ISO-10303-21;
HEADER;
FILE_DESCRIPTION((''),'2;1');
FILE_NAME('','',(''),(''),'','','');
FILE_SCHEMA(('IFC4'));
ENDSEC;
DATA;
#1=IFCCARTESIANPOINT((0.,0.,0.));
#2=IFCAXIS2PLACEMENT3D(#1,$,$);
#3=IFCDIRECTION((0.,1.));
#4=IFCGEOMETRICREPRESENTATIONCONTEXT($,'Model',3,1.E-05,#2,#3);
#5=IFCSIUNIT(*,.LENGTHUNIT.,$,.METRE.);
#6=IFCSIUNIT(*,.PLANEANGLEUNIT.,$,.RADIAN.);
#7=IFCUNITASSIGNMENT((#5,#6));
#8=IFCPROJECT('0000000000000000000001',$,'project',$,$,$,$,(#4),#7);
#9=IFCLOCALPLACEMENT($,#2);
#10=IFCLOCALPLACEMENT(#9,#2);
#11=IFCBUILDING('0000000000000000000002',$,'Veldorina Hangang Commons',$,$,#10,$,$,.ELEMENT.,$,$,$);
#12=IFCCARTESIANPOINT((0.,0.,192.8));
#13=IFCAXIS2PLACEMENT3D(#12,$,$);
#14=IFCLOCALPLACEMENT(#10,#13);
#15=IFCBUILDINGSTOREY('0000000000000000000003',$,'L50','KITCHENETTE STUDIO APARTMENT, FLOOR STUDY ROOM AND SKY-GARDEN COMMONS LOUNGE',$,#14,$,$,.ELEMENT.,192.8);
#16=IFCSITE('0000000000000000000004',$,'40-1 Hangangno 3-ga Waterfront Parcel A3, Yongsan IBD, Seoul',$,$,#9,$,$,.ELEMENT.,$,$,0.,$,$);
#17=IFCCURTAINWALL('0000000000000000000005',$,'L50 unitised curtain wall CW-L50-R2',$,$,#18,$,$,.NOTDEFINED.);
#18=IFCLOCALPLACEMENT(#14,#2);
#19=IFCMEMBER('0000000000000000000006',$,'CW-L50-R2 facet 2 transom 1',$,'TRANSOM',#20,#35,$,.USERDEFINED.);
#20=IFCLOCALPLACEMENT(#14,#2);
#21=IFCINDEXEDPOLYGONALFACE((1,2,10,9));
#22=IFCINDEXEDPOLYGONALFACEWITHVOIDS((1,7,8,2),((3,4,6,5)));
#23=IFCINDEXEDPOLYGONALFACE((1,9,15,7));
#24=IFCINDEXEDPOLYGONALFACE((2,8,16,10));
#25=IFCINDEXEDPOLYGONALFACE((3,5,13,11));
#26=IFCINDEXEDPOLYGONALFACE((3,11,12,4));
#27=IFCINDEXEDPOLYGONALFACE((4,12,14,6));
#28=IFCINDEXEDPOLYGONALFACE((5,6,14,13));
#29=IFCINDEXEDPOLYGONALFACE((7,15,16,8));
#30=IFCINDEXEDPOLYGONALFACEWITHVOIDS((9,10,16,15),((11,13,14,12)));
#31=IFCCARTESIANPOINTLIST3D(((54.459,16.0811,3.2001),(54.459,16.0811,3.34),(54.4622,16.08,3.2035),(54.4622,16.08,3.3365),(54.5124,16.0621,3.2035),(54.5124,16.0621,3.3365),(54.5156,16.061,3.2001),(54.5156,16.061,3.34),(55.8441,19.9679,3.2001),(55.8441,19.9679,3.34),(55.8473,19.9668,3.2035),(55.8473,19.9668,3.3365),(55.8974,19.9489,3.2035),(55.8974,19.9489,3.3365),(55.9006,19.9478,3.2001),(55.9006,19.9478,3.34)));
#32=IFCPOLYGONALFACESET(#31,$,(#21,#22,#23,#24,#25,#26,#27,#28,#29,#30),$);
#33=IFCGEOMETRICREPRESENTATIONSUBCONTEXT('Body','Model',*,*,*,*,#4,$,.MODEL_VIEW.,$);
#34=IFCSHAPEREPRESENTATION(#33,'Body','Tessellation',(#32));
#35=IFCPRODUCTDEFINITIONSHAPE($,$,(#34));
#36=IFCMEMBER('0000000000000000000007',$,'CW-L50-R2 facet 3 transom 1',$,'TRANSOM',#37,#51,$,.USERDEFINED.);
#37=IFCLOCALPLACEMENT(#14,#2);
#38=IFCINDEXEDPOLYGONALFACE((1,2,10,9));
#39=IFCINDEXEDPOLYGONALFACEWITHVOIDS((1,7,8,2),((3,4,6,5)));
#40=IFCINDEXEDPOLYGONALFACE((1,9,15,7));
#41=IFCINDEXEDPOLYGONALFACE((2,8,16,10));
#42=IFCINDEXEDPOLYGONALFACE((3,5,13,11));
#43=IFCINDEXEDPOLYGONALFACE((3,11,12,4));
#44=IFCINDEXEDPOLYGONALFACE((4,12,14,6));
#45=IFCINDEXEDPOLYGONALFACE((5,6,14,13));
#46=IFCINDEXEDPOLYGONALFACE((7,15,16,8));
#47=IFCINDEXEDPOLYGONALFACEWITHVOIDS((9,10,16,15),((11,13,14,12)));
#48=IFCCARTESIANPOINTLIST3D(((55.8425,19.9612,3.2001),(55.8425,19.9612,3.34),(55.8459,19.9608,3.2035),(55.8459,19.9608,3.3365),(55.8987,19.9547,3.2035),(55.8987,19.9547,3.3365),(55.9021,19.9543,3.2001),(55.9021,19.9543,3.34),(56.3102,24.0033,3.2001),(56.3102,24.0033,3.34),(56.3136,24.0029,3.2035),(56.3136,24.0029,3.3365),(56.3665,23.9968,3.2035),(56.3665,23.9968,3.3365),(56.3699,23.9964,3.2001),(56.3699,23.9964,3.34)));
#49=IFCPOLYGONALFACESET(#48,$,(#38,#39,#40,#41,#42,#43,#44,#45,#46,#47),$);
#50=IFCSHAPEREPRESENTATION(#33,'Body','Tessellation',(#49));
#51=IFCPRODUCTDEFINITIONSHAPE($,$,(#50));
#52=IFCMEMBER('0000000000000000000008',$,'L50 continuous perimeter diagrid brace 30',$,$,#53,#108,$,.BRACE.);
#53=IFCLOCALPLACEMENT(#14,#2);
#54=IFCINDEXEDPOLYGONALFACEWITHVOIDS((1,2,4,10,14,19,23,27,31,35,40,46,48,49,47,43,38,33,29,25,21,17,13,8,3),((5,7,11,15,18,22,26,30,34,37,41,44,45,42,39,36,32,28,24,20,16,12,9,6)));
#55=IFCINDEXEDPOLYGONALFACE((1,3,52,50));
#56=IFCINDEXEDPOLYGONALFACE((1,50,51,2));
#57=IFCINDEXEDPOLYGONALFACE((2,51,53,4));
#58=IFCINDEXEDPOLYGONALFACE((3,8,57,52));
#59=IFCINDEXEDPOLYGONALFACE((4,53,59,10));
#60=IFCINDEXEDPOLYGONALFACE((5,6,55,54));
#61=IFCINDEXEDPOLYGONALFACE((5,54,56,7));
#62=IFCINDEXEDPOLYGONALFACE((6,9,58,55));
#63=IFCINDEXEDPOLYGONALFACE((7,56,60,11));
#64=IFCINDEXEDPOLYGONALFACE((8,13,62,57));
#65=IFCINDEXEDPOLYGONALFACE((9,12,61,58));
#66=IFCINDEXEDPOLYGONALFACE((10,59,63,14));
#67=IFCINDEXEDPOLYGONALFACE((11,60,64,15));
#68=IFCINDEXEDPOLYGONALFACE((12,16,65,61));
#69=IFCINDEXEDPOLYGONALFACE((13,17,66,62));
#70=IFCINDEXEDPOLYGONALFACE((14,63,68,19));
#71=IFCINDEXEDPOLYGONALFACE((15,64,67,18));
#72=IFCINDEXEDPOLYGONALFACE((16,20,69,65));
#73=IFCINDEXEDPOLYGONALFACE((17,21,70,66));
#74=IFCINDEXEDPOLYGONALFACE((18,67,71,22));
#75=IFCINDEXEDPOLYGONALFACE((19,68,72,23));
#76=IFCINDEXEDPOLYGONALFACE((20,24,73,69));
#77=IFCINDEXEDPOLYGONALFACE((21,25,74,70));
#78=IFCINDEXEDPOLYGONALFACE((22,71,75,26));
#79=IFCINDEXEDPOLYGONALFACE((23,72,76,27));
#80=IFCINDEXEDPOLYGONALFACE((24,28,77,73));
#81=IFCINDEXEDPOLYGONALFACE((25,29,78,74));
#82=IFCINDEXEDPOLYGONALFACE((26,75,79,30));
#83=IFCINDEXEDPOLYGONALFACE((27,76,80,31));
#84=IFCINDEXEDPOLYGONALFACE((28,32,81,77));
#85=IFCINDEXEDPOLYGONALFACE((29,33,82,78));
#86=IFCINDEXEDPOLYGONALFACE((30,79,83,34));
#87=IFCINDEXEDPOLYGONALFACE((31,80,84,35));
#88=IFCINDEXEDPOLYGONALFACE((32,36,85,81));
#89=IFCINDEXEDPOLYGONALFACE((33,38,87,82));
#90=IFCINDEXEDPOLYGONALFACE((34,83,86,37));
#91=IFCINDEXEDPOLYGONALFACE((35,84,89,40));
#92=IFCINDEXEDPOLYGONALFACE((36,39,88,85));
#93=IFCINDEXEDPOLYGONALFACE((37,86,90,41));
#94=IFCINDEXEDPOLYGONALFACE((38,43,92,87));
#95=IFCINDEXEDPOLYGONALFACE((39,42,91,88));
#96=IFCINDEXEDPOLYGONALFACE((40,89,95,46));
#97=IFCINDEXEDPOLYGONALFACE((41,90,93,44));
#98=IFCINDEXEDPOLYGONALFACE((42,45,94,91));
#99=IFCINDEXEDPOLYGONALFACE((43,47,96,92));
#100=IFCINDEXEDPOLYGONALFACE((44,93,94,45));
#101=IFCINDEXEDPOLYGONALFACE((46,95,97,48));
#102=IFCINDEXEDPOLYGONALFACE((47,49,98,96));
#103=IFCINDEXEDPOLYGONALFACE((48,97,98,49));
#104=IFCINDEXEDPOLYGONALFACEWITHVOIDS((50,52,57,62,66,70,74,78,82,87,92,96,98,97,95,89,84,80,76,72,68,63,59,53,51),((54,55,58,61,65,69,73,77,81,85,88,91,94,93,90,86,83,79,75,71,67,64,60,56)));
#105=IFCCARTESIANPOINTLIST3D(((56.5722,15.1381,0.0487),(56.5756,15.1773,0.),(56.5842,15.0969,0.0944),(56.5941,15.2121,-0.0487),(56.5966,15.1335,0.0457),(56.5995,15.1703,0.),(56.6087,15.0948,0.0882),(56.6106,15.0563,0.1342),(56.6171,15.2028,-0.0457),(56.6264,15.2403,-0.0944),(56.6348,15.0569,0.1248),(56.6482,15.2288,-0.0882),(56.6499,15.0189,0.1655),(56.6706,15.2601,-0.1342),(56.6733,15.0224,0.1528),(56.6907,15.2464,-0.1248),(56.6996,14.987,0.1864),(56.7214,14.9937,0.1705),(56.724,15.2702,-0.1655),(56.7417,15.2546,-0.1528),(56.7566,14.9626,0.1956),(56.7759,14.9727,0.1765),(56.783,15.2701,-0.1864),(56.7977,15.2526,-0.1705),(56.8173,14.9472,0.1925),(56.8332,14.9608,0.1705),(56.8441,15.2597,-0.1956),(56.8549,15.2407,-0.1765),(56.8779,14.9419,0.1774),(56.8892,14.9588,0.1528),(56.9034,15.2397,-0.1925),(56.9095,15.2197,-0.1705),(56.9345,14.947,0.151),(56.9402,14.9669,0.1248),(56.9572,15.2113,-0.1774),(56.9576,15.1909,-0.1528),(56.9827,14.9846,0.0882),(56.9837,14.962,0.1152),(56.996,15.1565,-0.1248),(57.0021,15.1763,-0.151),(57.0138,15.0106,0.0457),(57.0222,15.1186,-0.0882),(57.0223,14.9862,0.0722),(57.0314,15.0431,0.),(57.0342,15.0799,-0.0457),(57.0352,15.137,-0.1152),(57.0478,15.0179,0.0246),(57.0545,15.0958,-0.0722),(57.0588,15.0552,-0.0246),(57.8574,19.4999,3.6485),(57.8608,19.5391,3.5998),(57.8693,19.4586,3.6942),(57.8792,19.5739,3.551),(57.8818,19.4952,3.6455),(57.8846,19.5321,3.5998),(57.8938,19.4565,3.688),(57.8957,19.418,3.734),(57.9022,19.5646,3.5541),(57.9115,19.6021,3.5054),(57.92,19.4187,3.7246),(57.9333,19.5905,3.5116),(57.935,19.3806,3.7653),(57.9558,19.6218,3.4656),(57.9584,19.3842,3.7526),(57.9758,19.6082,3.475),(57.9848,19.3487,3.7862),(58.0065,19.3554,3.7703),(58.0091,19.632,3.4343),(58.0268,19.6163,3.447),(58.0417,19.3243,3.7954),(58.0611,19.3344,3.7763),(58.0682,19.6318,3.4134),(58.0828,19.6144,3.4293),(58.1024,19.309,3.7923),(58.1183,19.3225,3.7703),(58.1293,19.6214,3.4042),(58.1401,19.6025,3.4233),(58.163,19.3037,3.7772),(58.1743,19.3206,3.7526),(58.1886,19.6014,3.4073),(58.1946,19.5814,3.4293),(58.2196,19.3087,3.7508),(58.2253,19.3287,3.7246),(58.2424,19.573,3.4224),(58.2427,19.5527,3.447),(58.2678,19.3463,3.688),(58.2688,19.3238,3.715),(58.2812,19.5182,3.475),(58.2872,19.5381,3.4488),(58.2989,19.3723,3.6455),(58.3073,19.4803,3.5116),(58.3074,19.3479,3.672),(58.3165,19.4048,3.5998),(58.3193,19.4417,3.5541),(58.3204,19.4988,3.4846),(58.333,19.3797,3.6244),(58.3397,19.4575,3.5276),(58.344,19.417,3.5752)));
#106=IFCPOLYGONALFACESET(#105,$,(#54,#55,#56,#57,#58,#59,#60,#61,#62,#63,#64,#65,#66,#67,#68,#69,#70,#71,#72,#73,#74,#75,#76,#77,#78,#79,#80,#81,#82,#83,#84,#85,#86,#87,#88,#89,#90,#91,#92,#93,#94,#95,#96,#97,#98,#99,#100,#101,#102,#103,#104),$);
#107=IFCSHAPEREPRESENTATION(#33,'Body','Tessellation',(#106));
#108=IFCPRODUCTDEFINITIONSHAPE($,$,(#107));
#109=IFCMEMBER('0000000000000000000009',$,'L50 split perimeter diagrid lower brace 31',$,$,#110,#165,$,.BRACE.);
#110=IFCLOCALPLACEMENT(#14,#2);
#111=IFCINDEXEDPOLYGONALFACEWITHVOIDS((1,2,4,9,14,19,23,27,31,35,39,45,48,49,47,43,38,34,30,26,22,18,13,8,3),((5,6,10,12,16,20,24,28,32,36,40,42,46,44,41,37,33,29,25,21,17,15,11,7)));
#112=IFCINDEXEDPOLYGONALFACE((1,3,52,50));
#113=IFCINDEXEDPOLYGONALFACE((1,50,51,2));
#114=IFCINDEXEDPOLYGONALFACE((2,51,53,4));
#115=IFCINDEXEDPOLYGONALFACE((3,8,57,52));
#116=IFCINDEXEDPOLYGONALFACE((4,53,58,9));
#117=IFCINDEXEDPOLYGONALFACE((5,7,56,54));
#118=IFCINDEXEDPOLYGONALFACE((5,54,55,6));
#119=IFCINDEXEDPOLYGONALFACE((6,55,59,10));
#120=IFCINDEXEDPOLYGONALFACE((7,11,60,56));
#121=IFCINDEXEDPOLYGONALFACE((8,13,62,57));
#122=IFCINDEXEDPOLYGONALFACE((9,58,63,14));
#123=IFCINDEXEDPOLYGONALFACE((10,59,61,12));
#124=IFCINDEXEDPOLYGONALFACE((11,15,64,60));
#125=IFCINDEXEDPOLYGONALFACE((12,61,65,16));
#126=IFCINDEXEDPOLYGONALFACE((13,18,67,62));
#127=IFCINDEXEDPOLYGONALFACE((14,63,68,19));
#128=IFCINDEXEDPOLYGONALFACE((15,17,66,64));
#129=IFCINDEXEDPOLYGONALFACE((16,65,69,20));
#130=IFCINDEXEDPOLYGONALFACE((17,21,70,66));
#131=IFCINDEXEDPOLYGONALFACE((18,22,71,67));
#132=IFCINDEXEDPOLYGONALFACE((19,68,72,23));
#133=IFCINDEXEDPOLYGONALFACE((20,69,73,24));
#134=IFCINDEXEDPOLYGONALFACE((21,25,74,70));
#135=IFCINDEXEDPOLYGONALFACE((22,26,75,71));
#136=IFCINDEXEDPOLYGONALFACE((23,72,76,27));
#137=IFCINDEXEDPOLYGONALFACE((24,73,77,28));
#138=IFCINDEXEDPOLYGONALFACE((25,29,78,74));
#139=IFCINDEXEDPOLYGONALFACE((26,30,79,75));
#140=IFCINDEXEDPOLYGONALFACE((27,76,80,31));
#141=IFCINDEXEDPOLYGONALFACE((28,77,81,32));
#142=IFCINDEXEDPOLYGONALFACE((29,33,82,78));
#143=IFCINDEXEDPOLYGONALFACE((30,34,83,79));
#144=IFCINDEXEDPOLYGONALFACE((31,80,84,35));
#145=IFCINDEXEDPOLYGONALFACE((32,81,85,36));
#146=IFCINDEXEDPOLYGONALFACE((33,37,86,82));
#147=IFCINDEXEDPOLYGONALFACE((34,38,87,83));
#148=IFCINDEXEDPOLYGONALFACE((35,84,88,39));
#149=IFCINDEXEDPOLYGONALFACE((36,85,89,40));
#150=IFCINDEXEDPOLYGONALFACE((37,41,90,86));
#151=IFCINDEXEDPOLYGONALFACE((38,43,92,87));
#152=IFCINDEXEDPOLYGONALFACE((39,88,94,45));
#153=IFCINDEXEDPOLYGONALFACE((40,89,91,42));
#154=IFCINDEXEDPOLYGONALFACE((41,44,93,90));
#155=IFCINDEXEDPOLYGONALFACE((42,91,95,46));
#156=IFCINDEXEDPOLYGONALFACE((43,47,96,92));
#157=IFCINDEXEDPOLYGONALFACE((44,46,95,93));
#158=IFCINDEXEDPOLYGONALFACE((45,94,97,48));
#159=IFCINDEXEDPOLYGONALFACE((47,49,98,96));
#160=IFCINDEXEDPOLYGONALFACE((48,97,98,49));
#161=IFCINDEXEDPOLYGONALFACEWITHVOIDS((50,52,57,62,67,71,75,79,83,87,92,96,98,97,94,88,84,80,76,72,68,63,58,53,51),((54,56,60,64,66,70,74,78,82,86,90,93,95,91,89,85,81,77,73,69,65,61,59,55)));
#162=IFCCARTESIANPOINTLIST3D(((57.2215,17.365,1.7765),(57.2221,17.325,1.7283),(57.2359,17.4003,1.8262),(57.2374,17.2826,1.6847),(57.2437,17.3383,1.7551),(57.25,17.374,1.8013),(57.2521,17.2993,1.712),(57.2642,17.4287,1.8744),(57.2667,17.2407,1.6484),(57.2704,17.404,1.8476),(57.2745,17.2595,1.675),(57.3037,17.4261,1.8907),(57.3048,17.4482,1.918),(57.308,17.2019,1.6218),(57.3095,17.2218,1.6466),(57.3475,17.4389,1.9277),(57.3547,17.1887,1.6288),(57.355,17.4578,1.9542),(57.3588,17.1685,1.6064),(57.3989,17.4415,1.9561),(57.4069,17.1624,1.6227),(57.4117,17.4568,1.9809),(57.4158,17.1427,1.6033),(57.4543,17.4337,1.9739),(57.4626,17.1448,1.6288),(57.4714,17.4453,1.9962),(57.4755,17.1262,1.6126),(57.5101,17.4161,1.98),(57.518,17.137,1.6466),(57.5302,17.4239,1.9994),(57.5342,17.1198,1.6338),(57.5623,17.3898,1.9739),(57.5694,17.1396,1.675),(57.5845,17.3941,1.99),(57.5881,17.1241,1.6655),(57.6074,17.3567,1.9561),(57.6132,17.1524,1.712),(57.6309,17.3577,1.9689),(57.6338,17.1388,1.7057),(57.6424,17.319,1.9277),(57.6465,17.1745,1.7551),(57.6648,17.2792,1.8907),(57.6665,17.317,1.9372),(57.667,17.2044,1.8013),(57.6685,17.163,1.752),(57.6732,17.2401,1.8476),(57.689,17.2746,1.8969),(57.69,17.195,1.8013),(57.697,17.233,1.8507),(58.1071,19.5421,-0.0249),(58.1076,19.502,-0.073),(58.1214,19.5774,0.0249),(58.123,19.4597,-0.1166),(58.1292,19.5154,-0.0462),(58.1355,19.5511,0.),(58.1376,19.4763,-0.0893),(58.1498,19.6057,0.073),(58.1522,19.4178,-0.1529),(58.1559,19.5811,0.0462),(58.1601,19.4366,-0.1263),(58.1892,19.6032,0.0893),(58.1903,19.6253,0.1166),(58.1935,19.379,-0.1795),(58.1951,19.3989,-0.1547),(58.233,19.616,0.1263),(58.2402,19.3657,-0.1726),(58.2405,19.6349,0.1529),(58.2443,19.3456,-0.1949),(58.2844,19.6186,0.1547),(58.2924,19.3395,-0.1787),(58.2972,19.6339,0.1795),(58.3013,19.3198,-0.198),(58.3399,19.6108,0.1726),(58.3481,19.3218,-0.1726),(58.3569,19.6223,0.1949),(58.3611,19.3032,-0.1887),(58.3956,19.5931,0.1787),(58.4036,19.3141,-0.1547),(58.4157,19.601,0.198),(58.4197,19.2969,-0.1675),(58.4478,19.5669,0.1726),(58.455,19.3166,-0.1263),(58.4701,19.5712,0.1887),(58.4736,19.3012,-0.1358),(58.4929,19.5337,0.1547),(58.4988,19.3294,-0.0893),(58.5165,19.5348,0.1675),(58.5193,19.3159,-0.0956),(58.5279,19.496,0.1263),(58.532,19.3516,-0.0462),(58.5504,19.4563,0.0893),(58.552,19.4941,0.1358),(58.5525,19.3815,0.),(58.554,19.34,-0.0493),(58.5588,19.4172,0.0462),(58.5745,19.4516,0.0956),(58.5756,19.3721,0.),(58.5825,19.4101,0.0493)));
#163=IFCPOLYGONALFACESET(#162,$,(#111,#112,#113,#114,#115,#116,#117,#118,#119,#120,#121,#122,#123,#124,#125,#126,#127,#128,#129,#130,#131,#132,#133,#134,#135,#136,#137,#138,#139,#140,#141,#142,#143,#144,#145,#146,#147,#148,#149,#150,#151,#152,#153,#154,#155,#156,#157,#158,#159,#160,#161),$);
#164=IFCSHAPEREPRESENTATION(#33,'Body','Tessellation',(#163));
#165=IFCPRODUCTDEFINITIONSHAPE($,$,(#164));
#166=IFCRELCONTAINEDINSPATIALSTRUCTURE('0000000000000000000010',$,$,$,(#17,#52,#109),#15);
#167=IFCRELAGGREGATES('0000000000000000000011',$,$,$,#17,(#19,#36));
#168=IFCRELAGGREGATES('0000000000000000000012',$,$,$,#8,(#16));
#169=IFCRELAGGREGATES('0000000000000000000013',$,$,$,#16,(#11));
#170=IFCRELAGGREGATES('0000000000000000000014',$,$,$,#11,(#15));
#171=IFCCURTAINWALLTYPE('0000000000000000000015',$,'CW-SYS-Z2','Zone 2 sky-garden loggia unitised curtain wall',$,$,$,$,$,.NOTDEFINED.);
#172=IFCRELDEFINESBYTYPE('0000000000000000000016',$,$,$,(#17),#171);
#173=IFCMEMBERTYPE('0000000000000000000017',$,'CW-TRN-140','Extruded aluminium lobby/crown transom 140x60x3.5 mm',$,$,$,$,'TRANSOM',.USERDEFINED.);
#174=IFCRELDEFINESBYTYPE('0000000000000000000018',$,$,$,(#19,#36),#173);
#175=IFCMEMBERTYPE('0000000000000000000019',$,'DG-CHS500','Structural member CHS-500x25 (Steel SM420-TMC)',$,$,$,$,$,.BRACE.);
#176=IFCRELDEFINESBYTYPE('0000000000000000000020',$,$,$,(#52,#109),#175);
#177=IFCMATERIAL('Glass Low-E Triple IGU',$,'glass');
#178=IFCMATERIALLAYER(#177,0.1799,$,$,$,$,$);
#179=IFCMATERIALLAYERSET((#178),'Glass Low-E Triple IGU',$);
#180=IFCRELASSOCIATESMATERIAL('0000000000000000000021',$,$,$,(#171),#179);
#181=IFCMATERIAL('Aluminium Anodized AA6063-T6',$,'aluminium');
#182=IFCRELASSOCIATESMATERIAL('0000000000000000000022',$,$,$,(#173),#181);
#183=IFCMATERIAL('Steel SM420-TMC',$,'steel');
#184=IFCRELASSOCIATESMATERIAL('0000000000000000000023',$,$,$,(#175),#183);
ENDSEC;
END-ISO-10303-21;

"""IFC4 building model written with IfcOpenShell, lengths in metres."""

from ifc_helpers import new_model, si_unit, direction, frame, origin, origin_2d, place, context, subcontext, project, spatial, hollow_rectangle, hollow_circle, extrude, material, layer, layer_set, material_profile, profile_set, type_object, element, aggregate, save


model = new_model("IFC4")

# Units and contexts
model_context = context("Model", 3, precision=1e-05, world=origin(), true_north=direction((0.0, 1.0)))
body_context = subcontext(model_context, "Body", "Model", "MODEL_VIEW")
ifc_project = project(units=[si_unit("LENGTHUNIT", "METRE"), si_unit("PLANEANGLEUNIT", "RADIAN")], contexts=[model_context])

# Site, building, storey
site_placement = place(None, origin())
site = spatial("IfcSite", under=ifc_project, at=site_placement, Name="40-1 Hangangno 3-ga Waterfront Parcel A3, Yongsan IBD, Seoul", CompositionType="ELEMENT", RefElevation=0.0)
building_placement = place(site_placement, origin())
building = spatial("IfcBuilding", under=site, at=building_placement, Name="Veldorina Hangang Commons", CompositionType="ELEMENT")
storey_placement = place(building_placement, frame((0.0, 0.0, 192.8)))
storey = spatial("IfcBuildingStorey", under=building, at=storey_placement, Name="L50", Description="KITCHENETTE STUDIO APARTMENT, FLOOR STUDY ROOM AND SKY-GARDEN COMMONS LOUNGE", CompositionType="ELEMENT", Elevation=192.8)

# Shared definitions
ifc_material_1 = material(Name="Steel SM420-TMC", Category="steel")

# Curtain wall, members
ifc_material_2 = material(Name="Glass Low-E Triple IGU", Category="glass")
ifc_layer_1 = layer(ifc_material_2, 0.1799)
ifc_layer_set_1 = layer_set([ifc_layer_1], Name="Glass Low-E Triple IGU")
curtain_wall_type = type_object("IfcCurtainWallType", Name="CW-SYS-Z2", Description="Zone 2 sky-garden loggia unitised curtain wall", PredefinedType="NOTDEFINED", material=ifc_layer_set_1)
curtain_wall_placement = place(storey_placement, origin())
curtain_wall = element("IfcCurtainWall", 1, at=curtain_wall_placement, inside=storey, type_object=curtain_wall_type, Name="L50 unitised curtain wall CW-L50-R2", PredefinedType="NOTDEFINED")
ifc_material_3 = material(Name="Aluminium Anodized AA6063-T6", Category="aluminium")
ifc_material_profile_1 = material_profile(ifc_material_3, hollow_rectangle(XDim=0.0601, YDim=0.1399, WallThickness=0.0034, at=origin_2d()), Name="ALU-RHS-140x60x3.5")
ifc_profile_set_1 = profile_set([ifc_material_profile_1], Name="Aluminium Anodized AA6063-T6")
member_type_1 = type_object("IfcMemberType", Name="CW-TRN-140", Description="Extruded aluminium lobby/crown transom 140x60x3.5 mm", ElementType="TRANSOM", PredefinedType="USERDEFINED", material=ifc_profile_set_1)
member_1_placement = place(storey_placement, frame((54.4873, 16.071, 3.27), z_axis=(0.335669, 0.94198, 0.0), x_axis=(-0.94198, 0.335669, 0.0)))
member_1 = element("IfcMember", 2, at=member_1_placement, type_object=member_type_1, Name="CW-L50-R2 facet 2 transom 1", ObjectType="TRANSOM", PredefinedType="USERDEFINED", context=body_context, shape_type="SweptSolid", body=[
    extrude(hollow_rectangle(XDim=0.0601, YDim=0.1399, WallThickness=0.0034, at=origin_2d()), origin(), (0.0, 0.0, 1.0), 4.1262),
])
member_2_placement = place(storey_placement, frame((55.8723, 19.9578, 3.27), z_axis=(0.114954, 0.993371, 0.0), x_axis=(-0.993371, 0.114954, 0.0)))
member_2 = element("IfcMember", 3, at=member_2_placement, type_object=member_type_1, Name="CW-L50-R2 facet 3 transom 1", ObjectType="TRANSOM", PredefinedType="USERDEFINED", context=body_context, shape_type="SweptSolid", body=[
    extrude(hollow_rectangle(XDim=0.0601, YDim=0.1399, WallThickness=0.0034, at=origin_2d()), origin(), (0.0, 0.0, 1.0), 4.0691),
])

# Members
ifc_material_profile_2 = material_profile(ifc_material_1, hollow_circle(Radius=0.25, WallThickness=0.0249, at=origin_2d()), Name="CHS-500x25")
ifc_profile_set_2 = profile_set([ifc_material_profile_2], Name="Steel SM420-TMC")
member_type_2 = type_object("IfcMemberType", Name="DG-CHS500", Description="Structural member CHS-500x25 (Steel SM420-TMC)", PredefinedType="BRACE", material=ifc_profile_set_2)
member_3_placement = place(storey_placement, frame((56.8154, 15.1067, 0.0), z_axis=(0.221592, 0.752082, 0.620701), x_axis=(-0.95923, 0.282626, 0.0)))
element("IfcMember", 4, at=member_3_placement, inside=storey, type_object=member_type_2, Name="L50 continuous perimeter diagrid brace 30", PredefinedType="BRACE", context=body_context, shape_type="SweptSolid", body=[
    extrude(hollow_circle(Radius=0.25, WallThickness=0.0249, at=origin_2d()), origin(), (0.0, 0.0, 1.0), 5.7996),
])
member_4_placement = place(storey_placement, frame((58.344, 19.4663, 0.0), z_axis=(-0.299045, -0.735204, 0.608314), x_axis=(0.926305, -0.376775, 0.0)))
element("IfcMember", 5, at=member_4_placement, inside=storey, type_object=member_type_2, Name="L50 split perimeter diagrid lower brace 31", PredefinedType="BRACE", context=body_context, shape_type="SweptSolid", body=[
    extrude(hollow_circle(Radius=0.25, WallThickness=0.0249, at=origin_2d()), origin(), (0.0, 0.0, 1.0), 2.9612),
])

aggregate(curtain_wall, [member_1, member_2])

save(model, "model.ifc")
